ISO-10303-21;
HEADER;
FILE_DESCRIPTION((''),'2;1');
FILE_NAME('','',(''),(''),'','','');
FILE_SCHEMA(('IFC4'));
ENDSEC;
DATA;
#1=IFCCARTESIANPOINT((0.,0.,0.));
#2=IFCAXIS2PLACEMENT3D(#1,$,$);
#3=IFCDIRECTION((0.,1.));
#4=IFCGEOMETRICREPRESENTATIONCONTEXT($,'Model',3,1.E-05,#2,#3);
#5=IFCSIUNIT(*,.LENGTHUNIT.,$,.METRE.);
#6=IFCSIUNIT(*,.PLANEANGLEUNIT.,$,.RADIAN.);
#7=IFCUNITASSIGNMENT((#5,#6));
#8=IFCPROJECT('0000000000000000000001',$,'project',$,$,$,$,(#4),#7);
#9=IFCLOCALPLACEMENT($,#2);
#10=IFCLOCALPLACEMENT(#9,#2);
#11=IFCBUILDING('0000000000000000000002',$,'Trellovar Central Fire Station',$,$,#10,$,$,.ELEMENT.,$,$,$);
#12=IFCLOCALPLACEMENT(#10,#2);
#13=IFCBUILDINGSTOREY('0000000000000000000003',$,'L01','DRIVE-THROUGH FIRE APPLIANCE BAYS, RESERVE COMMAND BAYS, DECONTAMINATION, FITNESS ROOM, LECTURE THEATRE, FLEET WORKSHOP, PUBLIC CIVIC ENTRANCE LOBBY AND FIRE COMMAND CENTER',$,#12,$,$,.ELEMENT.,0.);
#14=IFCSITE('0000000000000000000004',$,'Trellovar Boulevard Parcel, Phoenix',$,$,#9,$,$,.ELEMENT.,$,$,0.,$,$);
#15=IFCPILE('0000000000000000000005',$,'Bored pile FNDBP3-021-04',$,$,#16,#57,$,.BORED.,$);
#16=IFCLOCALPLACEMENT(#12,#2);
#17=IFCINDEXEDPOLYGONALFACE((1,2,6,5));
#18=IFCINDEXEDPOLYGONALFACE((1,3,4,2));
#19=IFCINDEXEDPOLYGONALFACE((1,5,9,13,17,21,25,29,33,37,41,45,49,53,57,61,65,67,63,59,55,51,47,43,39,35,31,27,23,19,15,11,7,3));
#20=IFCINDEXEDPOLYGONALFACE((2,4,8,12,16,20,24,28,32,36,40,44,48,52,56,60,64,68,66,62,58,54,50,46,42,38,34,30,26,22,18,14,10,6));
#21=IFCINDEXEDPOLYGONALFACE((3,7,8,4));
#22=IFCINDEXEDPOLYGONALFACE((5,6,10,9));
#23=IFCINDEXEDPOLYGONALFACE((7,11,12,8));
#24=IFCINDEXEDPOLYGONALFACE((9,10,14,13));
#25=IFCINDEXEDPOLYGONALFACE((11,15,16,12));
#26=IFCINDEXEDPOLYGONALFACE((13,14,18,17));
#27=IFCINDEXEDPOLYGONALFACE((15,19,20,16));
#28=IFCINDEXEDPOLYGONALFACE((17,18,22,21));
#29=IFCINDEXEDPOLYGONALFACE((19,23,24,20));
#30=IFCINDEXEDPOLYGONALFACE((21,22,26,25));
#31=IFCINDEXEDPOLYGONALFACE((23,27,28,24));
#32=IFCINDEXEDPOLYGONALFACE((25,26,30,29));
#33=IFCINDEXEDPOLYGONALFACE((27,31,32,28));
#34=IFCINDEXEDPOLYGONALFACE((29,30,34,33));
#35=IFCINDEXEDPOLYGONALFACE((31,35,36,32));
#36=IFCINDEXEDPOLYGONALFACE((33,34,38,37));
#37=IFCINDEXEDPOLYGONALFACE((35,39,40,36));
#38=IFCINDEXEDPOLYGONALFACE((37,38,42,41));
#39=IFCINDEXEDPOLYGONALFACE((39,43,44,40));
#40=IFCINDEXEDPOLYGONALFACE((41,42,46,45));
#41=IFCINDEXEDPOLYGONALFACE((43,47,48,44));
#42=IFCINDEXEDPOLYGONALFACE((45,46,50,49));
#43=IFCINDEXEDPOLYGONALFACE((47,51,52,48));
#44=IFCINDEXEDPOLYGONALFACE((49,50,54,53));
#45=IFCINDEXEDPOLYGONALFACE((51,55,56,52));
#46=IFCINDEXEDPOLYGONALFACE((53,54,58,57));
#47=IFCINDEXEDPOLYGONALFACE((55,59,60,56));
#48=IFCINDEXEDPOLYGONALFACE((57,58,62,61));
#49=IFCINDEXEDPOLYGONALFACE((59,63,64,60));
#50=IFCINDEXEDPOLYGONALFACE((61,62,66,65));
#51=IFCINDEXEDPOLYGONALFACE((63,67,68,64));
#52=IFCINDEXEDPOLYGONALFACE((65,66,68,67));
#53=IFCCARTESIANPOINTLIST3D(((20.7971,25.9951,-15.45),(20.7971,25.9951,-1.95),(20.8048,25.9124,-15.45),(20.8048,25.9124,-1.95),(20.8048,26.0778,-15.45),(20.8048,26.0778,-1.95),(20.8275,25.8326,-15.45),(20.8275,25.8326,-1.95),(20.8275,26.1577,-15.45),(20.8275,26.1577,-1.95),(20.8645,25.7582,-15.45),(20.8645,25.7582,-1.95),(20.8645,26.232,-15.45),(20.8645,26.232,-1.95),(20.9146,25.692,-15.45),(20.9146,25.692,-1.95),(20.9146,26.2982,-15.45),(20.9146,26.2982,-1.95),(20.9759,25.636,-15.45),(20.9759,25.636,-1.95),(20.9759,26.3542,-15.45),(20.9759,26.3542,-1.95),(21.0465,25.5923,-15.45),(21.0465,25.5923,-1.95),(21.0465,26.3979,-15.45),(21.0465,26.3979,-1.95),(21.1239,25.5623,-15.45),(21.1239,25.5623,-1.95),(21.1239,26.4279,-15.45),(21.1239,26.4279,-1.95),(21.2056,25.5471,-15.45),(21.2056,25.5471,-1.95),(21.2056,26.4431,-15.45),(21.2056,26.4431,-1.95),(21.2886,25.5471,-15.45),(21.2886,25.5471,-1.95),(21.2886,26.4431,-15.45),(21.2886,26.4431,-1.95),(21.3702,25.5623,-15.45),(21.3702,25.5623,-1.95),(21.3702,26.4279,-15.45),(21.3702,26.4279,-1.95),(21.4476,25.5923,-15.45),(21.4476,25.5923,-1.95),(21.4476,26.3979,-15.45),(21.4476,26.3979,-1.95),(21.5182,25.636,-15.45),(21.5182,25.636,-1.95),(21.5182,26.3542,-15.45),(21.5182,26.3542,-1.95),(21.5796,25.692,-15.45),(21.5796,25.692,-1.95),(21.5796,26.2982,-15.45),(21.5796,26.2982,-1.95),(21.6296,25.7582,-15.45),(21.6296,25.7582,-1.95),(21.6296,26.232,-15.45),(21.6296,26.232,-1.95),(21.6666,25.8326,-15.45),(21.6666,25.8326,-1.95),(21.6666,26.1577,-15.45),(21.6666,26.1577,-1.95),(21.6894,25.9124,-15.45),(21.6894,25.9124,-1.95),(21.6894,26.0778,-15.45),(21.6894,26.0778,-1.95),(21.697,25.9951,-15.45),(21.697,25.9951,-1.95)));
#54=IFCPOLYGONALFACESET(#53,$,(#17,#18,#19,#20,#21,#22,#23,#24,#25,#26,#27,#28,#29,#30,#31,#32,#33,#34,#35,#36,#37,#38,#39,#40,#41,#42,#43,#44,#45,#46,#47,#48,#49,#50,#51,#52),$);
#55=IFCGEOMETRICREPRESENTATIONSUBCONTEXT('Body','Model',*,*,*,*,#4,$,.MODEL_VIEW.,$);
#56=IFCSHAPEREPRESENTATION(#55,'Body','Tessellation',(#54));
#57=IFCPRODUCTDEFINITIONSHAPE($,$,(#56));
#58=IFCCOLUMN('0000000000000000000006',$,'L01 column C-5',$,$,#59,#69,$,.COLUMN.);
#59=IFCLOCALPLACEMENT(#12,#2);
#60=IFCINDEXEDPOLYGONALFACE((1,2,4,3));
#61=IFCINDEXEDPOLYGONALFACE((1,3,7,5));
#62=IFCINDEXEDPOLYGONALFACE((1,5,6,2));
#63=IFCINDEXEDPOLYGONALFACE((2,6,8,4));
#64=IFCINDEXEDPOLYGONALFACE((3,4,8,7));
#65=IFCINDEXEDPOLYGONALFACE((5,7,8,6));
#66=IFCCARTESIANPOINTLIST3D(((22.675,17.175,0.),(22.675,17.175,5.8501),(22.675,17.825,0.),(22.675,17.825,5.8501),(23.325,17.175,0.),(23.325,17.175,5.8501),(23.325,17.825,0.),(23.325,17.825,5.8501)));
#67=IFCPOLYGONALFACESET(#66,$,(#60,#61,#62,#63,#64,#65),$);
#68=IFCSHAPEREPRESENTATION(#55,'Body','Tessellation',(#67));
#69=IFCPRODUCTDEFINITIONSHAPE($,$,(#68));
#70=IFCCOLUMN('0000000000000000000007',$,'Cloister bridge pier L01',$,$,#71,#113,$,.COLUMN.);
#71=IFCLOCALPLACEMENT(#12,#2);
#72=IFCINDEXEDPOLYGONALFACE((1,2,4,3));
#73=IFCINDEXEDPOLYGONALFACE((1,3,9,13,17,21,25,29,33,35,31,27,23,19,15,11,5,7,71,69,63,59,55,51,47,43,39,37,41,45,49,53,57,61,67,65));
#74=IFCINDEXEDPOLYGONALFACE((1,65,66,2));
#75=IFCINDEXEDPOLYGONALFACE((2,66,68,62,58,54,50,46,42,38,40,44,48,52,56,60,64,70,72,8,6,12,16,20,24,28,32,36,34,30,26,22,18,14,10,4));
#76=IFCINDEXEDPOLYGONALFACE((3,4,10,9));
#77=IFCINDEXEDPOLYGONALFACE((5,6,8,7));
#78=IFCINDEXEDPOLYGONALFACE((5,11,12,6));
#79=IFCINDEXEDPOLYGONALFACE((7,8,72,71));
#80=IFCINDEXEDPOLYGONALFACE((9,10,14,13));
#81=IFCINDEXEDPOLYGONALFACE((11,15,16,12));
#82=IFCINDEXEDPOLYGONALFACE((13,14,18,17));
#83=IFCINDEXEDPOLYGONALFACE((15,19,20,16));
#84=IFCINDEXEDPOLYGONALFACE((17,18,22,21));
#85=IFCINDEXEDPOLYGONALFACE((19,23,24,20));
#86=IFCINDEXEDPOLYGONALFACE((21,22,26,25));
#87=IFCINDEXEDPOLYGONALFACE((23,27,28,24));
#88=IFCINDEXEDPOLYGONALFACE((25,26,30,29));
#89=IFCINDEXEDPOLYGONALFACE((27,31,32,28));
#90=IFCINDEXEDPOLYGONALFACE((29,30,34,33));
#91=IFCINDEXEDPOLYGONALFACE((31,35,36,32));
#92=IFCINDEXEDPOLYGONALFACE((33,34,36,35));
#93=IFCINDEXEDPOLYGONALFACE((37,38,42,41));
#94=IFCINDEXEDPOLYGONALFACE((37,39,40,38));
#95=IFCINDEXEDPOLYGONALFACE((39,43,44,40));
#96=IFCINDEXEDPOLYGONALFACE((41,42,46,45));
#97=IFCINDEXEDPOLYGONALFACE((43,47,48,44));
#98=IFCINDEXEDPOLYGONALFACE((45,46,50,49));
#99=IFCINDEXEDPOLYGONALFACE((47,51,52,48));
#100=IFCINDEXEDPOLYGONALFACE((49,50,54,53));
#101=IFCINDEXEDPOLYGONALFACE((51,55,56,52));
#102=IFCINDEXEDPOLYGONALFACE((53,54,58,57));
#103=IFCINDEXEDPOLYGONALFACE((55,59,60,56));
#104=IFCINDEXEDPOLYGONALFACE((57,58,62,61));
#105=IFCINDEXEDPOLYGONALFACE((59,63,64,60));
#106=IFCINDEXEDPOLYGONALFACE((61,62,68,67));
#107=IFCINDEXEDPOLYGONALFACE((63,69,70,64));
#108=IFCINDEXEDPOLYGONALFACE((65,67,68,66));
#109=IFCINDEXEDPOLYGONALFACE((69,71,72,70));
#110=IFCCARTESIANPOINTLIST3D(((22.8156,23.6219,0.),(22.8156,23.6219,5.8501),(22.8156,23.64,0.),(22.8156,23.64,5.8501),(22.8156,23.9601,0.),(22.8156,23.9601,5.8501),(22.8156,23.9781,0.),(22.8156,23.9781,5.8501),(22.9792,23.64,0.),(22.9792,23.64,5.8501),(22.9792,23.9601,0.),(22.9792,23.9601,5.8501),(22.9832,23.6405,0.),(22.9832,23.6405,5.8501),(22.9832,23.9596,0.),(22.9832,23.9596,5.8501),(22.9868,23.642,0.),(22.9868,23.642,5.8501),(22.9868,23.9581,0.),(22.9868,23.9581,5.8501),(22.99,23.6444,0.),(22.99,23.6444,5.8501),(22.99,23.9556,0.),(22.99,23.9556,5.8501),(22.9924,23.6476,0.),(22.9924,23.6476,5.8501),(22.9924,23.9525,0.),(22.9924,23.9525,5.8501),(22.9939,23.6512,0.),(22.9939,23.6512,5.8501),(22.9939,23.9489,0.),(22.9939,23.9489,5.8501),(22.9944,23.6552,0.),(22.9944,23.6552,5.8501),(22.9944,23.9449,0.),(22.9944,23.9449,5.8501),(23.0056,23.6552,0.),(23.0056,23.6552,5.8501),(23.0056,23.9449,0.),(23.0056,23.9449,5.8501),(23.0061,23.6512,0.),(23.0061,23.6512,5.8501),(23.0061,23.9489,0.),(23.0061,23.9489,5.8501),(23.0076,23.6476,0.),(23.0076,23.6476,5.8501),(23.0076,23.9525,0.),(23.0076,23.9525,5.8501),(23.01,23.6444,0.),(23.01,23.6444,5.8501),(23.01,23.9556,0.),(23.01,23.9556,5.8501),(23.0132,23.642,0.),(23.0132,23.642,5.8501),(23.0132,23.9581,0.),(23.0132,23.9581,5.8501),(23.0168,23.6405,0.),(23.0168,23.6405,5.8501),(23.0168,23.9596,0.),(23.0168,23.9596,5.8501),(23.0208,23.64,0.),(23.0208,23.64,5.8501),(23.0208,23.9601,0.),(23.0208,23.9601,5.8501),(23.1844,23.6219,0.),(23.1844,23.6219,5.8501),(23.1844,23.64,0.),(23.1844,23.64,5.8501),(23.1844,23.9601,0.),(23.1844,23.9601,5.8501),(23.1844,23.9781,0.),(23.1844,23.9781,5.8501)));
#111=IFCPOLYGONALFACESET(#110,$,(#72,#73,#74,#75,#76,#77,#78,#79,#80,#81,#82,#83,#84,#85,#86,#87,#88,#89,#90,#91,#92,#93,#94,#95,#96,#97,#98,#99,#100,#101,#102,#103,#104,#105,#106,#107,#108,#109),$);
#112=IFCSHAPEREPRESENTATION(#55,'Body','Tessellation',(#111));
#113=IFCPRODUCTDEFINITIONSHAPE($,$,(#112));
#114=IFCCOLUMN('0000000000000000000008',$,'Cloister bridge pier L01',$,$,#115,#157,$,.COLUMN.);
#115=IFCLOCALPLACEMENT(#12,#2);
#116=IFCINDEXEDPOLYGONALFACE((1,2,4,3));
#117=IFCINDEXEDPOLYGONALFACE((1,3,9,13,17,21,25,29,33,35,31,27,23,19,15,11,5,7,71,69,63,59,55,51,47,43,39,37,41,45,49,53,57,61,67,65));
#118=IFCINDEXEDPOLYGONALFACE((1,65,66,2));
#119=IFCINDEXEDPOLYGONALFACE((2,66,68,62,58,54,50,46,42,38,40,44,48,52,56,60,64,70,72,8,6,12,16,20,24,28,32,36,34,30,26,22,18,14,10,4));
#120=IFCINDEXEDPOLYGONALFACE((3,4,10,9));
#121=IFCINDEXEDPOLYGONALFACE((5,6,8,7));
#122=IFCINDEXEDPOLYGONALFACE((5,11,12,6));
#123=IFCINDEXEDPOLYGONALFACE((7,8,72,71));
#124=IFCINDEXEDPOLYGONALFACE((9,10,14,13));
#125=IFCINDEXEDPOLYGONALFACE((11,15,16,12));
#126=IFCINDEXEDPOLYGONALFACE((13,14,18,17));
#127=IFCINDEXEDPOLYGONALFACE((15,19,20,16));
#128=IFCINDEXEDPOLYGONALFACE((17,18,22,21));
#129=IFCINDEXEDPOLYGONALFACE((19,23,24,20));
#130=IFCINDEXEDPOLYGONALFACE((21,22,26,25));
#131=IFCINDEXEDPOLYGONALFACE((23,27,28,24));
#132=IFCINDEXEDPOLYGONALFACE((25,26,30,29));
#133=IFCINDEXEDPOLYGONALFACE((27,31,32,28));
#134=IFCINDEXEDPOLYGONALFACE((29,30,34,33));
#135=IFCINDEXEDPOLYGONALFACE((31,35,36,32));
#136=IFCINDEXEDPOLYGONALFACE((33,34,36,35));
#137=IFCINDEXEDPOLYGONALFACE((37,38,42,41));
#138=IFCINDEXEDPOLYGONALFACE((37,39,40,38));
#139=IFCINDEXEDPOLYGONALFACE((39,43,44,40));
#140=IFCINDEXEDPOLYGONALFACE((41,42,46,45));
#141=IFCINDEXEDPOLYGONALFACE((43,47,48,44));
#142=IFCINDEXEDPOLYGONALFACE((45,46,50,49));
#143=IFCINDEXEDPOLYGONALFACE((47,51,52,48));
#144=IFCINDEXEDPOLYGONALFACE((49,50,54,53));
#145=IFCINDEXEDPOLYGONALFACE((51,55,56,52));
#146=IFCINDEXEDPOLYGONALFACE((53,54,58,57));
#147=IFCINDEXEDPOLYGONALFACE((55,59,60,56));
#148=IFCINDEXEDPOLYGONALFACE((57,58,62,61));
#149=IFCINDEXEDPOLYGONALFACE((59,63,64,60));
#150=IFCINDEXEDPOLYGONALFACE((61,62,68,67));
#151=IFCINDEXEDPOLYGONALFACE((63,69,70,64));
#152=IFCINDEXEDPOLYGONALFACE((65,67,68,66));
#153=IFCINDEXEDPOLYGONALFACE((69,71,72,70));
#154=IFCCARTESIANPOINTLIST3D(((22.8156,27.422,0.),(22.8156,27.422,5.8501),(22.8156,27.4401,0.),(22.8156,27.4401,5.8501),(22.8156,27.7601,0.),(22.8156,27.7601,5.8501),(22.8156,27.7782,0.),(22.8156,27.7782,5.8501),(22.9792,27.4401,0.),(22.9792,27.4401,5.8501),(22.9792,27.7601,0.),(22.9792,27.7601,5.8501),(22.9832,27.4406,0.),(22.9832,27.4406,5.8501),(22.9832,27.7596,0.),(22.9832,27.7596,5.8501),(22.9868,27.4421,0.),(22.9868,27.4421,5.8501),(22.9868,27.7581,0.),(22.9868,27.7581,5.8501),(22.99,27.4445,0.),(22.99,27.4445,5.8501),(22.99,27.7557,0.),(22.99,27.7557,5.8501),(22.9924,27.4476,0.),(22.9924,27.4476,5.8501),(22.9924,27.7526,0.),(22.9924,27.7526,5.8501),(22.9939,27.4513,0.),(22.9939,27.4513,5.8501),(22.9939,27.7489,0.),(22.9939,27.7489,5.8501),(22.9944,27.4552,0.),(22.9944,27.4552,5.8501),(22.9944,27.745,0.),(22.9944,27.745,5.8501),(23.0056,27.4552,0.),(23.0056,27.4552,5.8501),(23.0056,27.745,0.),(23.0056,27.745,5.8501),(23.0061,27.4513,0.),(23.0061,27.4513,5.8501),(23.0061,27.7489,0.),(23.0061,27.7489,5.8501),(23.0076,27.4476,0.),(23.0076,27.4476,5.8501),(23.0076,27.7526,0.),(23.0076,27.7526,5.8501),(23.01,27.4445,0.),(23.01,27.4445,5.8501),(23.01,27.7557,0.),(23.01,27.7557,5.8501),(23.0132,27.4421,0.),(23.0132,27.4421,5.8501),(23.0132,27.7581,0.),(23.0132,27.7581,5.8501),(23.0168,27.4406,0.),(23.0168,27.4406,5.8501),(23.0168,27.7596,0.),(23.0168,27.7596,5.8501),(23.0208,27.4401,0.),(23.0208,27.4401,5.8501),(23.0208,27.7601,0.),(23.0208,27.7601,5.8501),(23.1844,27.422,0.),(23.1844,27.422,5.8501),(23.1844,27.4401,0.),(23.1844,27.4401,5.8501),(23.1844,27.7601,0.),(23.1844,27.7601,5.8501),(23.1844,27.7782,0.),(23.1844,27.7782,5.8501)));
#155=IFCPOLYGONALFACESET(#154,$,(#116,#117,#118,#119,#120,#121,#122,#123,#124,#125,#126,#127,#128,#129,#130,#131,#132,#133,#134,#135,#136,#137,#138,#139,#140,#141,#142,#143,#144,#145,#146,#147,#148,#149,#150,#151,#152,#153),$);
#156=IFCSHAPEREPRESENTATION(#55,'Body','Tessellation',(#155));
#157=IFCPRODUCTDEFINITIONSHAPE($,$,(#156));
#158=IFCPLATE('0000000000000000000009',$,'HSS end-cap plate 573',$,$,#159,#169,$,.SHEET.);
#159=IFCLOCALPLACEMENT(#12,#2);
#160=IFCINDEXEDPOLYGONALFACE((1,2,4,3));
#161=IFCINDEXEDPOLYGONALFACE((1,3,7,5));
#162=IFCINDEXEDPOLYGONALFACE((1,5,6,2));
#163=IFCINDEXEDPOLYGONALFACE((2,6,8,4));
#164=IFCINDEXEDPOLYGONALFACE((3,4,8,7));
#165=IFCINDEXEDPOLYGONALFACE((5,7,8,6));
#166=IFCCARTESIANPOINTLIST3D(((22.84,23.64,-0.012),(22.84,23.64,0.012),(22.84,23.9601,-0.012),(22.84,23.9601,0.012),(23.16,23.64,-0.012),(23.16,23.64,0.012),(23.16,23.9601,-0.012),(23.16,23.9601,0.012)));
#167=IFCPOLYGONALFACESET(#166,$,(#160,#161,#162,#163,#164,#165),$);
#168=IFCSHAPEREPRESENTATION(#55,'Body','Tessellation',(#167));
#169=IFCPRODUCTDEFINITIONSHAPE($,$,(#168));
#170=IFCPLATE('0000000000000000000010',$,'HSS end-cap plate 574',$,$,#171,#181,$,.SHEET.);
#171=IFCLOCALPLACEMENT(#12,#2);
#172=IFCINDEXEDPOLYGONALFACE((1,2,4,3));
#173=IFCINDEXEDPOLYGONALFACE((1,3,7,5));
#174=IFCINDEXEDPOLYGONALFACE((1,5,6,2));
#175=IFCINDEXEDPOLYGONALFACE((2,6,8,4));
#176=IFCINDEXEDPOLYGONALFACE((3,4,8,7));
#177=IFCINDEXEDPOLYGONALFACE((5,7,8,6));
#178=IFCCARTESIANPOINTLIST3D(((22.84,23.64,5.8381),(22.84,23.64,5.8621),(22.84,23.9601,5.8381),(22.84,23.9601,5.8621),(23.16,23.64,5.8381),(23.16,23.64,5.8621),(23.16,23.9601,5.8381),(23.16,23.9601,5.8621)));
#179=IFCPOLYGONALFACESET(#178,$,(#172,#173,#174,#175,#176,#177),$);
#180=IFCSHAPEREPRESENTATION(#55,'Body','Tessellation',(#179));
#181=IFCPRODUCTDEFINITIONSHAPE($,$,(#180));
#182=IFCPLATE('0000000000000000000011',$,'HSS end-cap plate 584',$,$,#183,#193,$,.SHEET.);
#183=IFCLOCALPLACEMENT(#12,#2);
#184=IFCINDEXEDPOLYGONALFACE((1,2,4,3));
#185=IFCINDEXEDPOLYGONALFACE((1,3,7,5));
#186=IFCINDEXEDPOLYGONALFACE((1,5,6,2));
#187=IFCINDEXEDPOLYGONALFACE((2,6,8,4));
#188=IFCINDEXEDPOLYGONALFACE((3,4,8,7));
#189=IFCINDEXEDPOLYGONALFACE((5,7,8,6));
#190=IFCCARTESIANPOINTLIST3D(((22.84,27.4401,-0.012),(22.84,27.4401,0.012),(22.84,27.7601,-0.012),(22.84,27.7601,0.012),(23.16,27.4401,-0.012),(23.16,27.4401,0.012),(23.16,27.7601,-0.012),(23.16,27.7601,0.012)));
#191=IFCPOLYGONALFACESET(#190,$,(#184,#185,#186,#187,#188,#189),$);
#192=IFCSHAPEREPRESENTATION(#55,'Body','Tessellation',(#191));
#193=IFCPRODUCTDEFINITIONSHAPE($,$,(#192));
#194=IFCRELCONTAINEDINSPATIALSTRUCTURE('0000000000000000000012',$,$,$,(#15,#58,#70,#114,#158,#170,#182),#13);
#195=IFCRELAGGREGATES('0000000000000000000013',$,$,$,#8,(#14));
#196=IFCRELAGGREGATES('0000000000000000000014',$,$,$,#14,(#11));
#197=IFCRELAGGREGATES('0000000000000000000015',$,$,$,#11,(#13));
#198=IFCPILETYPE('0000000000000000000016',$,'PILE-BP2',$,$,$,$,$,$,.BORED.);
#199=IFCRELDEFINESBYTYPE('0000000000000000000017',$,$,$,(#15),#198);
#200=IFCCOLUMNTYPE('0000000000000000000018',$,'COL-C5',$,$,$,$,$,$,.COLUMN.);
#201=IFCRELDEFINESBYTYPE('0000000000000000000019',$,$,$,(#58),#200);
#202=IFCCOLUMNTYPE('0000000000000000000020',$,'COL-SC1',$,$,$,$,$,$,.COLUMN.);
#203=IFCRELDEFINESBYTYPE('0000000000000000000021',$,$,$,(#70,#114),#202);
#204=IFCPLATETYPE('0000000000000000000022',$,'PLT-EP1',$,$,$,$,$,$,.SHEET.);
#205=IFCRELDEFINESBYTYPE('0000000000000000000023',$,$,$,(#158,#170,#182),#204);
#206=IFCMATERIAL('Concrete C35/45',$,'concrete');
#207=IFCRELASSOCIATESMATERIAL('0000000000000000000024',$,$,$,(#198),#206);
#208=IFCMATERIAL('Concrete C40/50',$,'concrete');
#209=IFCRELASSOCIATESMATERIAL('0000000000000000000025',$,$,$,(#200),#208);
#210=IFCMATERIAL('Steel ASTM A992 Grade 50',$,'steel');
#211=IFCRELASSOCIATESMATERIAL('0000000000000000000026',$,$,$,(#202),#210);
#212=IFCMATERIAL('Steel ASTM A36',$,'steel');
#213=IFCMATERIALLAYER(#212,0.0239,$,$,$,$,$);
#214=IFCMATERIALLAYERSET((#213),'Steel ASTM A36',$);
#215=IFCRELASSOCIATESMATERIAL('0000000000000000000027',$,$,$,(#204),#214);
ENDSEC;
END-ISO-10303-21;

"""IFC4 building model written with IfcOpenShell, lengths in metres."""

from ifc_helpers import new_model, si_unit, direction, frame, origin, origin_2d, place, context, subcontext, project, spatial, rectangle, circle, i_section, extrude, material, layer, layer_set, material_profile, profile_set, type_object, element, save


model = new_model("IFC4")

# Units and contexts
model_context = context("Model", 3, precision=1e-05, world=origin(), true_north=direction((0.0, 1.0)))
body_context = subcontext(model_context, "Body", "Model", "MODEL_VIEW")
ifc_project = project(units=[si_unit("LENGTHUNIT", "METRE"), si_unit("PLANEANGLEUNIT", "RADIAN")], contexts=[model_context])

# Site, building, storey
site_placement = place(None, origin())
site = spatial("IfcSite", under=ifc_project, at=site_placement, Name="Trellovar Boulevard Parcel, Phoenix", CompositionType="ELEMENT", RefElevation=0.0)
building_placement = place(site_placement, origin())
building = spatial("IfcBuilding", under=site, at=building_placement, Name="Trellovar Central Fire Station", CompositionType="ELEMENT")
storey_placement = place(building_placement, origin())
storey = spatial("IfcBuildingStorey", under=building, at=storey_placement, Name="L01", Description="DRIVE-THROUGH FIRE APPLIANCE BAYS, RESERVE COMMAND BAYS, DECONTAMINATION, FITNESS ROOM, LECTURE THEATRE, FLEET WORKSHOP, PUBLIC CIVIC ENTRANCE LOBBY AND FIRE COMMAND CENTER", CompositionType="ELEMENT", Elevation=0.0)

# Pile
ifc_material_1 = material(Name="Concrete C35/45", Category="concrete")
ifc_material_profile_1 = material_profile(ifc_material_1, circle(Radius=0.45, at=origin_2d()), Name="PILE900")
ifc_profile_set_1 = profile_set([ifc_material_profile_1], Name="Concrete C35/45")
pile_type_1 = type_object("IfcPileType", Name="PILE-BP2", PredefinedType="BORED", material=ifc_profile_set_1)
for number, where, z_axis, x_axis, name in (
    (1, (21.2471, 25.9951, -1.95), (0.0, 0.0, -1.0), (1.0, 0.0, 0.0), "Bored pile FNDBP3-021-04"),
):
    element("IfcPile", number, at=place(storey_placement, frame(where, z_axis=z_axis, x_axis=x_axis)), inside=storey, type_object=pile_type_1, Name=name, PredefinedType="BORED", context=body_context, shape_type="SweptSolid", body=[
        extrude(circle(Radius=0.45, at=origin_2d()), origin(), (0.0, 0.0, 1.0), 13.5),
    ])

# Columns
ifc_material_2 = material(Name="Concrete C40/50", Category="concrete")
ifc_material_profile_2 = material_profile(ifc_material_2, rectangle(XDim=0.6499, YDim=0.6499, at=origin_2d()), Name="RC650X650")
ifc_profile_set_2 = profile_set([ifc_material_profile_2], Name="Concrete C40/50")
column_type_1 = type_object("IfcColumnType", Name="COL-C5", PredefinedType="COLUMN", material=ifc_profile_set_2)
column_placement = place(storey_placement, frame((23.0, 17.5, 0.0), z_axis=(0.0, 0.0, 1.0), x_axis=(1.0, 0.0, 0.0)))
element("IfcColumn", 2, at=column_placement, inside=storey, type_object=column_type_1, Name="L01 column C-5", PredefinedType="COLUMN", context=body_context, shape_type="SweptSolid", body=[
    extrude(rectangle(XDim=0.6499, YDim=0.6499, at=origin_2d()), origin(), (0.0, 0.0, 1.0), 5.8501),
])
ifc_material_3 = material(Name="Steel ASTM A992 Grade 50", Category="steel")
ifc_material_profile_3 = material_profile(ifc_material_3, i_section(OverallWidth=0.3689, OverallDepth=0.3562, WebThickness=0.0112, FlangeThickness=0.0181, FilletRadius=0.0151, at=origin_2d()), Name="W14X90")
ifc_profile_set_3 = profile_set([ifc_material_profile_3], Name="Steel ASTM A992 Grade 50")
column_type_2 = type_object("IfcColumnType", Name="COL-SC1", PredefinedType="COLUMN", material=ifc_profile_set_3)
for number, where, z_axis, x_axis, name in (
    (3, (23.0, 23.8, 0.0), (0.0, 0.0, 1.0), (1.0, 0.0, 0.0), "Cloister bridge pier L01"),
    (4, (23.0, 27.6001, 0.0), (0.0, 0.0, 1.0), (1.0, 0.0, 0.0), "Cloister bridge pier L01"),
):
    element("IfcColumn", number, at=place(storey_placement, frame(where, z_axis=z_axis, x_axis=x_axis)), inside=storey, type_object=column_type_2, Name=name, PredefinedType="COLUMN", context=body_context, shape_type="SweptSolid", body=[
        extrude(i_section(OverallWidth=0.3689, OverallDepth=0.3562, WebThickness=0.0112, FlangeThickness=0.0181, FilletRadius=0.0151, at=origin_2d()), origin(), (0.0, 0.0, 1.0), 5.8501),
    ])

# Plates
ifc_material_4 = material(Name="Steel ASTM A36", Category="steel")
ifc_layer_1 = layer(ifc_material_4, 0.0239)
ifc_layer_set_1 = layer_set([ifc_layer_1], Name="Steel ASTM A36")
plate_type = type_object("IfcPlateType", Name="PLT-EP1", PredefinedType="SHEET", material=ifc_layer_set_1)
for number, where, z_axis, x_axis, name in (
    (5, (23.0, 23.8, -0.012), (0.0, 0.0, 1.0), (1.0, 0.0, 0.0), "HSS end-cap plate 573"),
    (6, (23.0, 23.8, 5.8381), (0.0, 0.0, 1.0), (1.0, 0.0, 0.0), "HSS end-cap plate 574"),
    (7, (23.0, 27.6001, -0.012), (0.0, 0.0, 1.0), (1.0, 0.0, 0.0), "HSS end-cap plate 584"),
):
    element("IfcPlate", number, at=place(storey_placement, frame(where, z_axis=z_axis, x_axis=x_axis)), inside=storey, type_object=plate_type, Name=name, PredefinedType="SHEET", context=body_context, shape_type="SweptSolid", body=[
        extrude(rectangle(XDim=0.3201, YDim=0.3201, at=origin_2d()), origin(), (0.0, 0.0, 1.0), 0.0239),
    ])

save(model, "model.ifc")
